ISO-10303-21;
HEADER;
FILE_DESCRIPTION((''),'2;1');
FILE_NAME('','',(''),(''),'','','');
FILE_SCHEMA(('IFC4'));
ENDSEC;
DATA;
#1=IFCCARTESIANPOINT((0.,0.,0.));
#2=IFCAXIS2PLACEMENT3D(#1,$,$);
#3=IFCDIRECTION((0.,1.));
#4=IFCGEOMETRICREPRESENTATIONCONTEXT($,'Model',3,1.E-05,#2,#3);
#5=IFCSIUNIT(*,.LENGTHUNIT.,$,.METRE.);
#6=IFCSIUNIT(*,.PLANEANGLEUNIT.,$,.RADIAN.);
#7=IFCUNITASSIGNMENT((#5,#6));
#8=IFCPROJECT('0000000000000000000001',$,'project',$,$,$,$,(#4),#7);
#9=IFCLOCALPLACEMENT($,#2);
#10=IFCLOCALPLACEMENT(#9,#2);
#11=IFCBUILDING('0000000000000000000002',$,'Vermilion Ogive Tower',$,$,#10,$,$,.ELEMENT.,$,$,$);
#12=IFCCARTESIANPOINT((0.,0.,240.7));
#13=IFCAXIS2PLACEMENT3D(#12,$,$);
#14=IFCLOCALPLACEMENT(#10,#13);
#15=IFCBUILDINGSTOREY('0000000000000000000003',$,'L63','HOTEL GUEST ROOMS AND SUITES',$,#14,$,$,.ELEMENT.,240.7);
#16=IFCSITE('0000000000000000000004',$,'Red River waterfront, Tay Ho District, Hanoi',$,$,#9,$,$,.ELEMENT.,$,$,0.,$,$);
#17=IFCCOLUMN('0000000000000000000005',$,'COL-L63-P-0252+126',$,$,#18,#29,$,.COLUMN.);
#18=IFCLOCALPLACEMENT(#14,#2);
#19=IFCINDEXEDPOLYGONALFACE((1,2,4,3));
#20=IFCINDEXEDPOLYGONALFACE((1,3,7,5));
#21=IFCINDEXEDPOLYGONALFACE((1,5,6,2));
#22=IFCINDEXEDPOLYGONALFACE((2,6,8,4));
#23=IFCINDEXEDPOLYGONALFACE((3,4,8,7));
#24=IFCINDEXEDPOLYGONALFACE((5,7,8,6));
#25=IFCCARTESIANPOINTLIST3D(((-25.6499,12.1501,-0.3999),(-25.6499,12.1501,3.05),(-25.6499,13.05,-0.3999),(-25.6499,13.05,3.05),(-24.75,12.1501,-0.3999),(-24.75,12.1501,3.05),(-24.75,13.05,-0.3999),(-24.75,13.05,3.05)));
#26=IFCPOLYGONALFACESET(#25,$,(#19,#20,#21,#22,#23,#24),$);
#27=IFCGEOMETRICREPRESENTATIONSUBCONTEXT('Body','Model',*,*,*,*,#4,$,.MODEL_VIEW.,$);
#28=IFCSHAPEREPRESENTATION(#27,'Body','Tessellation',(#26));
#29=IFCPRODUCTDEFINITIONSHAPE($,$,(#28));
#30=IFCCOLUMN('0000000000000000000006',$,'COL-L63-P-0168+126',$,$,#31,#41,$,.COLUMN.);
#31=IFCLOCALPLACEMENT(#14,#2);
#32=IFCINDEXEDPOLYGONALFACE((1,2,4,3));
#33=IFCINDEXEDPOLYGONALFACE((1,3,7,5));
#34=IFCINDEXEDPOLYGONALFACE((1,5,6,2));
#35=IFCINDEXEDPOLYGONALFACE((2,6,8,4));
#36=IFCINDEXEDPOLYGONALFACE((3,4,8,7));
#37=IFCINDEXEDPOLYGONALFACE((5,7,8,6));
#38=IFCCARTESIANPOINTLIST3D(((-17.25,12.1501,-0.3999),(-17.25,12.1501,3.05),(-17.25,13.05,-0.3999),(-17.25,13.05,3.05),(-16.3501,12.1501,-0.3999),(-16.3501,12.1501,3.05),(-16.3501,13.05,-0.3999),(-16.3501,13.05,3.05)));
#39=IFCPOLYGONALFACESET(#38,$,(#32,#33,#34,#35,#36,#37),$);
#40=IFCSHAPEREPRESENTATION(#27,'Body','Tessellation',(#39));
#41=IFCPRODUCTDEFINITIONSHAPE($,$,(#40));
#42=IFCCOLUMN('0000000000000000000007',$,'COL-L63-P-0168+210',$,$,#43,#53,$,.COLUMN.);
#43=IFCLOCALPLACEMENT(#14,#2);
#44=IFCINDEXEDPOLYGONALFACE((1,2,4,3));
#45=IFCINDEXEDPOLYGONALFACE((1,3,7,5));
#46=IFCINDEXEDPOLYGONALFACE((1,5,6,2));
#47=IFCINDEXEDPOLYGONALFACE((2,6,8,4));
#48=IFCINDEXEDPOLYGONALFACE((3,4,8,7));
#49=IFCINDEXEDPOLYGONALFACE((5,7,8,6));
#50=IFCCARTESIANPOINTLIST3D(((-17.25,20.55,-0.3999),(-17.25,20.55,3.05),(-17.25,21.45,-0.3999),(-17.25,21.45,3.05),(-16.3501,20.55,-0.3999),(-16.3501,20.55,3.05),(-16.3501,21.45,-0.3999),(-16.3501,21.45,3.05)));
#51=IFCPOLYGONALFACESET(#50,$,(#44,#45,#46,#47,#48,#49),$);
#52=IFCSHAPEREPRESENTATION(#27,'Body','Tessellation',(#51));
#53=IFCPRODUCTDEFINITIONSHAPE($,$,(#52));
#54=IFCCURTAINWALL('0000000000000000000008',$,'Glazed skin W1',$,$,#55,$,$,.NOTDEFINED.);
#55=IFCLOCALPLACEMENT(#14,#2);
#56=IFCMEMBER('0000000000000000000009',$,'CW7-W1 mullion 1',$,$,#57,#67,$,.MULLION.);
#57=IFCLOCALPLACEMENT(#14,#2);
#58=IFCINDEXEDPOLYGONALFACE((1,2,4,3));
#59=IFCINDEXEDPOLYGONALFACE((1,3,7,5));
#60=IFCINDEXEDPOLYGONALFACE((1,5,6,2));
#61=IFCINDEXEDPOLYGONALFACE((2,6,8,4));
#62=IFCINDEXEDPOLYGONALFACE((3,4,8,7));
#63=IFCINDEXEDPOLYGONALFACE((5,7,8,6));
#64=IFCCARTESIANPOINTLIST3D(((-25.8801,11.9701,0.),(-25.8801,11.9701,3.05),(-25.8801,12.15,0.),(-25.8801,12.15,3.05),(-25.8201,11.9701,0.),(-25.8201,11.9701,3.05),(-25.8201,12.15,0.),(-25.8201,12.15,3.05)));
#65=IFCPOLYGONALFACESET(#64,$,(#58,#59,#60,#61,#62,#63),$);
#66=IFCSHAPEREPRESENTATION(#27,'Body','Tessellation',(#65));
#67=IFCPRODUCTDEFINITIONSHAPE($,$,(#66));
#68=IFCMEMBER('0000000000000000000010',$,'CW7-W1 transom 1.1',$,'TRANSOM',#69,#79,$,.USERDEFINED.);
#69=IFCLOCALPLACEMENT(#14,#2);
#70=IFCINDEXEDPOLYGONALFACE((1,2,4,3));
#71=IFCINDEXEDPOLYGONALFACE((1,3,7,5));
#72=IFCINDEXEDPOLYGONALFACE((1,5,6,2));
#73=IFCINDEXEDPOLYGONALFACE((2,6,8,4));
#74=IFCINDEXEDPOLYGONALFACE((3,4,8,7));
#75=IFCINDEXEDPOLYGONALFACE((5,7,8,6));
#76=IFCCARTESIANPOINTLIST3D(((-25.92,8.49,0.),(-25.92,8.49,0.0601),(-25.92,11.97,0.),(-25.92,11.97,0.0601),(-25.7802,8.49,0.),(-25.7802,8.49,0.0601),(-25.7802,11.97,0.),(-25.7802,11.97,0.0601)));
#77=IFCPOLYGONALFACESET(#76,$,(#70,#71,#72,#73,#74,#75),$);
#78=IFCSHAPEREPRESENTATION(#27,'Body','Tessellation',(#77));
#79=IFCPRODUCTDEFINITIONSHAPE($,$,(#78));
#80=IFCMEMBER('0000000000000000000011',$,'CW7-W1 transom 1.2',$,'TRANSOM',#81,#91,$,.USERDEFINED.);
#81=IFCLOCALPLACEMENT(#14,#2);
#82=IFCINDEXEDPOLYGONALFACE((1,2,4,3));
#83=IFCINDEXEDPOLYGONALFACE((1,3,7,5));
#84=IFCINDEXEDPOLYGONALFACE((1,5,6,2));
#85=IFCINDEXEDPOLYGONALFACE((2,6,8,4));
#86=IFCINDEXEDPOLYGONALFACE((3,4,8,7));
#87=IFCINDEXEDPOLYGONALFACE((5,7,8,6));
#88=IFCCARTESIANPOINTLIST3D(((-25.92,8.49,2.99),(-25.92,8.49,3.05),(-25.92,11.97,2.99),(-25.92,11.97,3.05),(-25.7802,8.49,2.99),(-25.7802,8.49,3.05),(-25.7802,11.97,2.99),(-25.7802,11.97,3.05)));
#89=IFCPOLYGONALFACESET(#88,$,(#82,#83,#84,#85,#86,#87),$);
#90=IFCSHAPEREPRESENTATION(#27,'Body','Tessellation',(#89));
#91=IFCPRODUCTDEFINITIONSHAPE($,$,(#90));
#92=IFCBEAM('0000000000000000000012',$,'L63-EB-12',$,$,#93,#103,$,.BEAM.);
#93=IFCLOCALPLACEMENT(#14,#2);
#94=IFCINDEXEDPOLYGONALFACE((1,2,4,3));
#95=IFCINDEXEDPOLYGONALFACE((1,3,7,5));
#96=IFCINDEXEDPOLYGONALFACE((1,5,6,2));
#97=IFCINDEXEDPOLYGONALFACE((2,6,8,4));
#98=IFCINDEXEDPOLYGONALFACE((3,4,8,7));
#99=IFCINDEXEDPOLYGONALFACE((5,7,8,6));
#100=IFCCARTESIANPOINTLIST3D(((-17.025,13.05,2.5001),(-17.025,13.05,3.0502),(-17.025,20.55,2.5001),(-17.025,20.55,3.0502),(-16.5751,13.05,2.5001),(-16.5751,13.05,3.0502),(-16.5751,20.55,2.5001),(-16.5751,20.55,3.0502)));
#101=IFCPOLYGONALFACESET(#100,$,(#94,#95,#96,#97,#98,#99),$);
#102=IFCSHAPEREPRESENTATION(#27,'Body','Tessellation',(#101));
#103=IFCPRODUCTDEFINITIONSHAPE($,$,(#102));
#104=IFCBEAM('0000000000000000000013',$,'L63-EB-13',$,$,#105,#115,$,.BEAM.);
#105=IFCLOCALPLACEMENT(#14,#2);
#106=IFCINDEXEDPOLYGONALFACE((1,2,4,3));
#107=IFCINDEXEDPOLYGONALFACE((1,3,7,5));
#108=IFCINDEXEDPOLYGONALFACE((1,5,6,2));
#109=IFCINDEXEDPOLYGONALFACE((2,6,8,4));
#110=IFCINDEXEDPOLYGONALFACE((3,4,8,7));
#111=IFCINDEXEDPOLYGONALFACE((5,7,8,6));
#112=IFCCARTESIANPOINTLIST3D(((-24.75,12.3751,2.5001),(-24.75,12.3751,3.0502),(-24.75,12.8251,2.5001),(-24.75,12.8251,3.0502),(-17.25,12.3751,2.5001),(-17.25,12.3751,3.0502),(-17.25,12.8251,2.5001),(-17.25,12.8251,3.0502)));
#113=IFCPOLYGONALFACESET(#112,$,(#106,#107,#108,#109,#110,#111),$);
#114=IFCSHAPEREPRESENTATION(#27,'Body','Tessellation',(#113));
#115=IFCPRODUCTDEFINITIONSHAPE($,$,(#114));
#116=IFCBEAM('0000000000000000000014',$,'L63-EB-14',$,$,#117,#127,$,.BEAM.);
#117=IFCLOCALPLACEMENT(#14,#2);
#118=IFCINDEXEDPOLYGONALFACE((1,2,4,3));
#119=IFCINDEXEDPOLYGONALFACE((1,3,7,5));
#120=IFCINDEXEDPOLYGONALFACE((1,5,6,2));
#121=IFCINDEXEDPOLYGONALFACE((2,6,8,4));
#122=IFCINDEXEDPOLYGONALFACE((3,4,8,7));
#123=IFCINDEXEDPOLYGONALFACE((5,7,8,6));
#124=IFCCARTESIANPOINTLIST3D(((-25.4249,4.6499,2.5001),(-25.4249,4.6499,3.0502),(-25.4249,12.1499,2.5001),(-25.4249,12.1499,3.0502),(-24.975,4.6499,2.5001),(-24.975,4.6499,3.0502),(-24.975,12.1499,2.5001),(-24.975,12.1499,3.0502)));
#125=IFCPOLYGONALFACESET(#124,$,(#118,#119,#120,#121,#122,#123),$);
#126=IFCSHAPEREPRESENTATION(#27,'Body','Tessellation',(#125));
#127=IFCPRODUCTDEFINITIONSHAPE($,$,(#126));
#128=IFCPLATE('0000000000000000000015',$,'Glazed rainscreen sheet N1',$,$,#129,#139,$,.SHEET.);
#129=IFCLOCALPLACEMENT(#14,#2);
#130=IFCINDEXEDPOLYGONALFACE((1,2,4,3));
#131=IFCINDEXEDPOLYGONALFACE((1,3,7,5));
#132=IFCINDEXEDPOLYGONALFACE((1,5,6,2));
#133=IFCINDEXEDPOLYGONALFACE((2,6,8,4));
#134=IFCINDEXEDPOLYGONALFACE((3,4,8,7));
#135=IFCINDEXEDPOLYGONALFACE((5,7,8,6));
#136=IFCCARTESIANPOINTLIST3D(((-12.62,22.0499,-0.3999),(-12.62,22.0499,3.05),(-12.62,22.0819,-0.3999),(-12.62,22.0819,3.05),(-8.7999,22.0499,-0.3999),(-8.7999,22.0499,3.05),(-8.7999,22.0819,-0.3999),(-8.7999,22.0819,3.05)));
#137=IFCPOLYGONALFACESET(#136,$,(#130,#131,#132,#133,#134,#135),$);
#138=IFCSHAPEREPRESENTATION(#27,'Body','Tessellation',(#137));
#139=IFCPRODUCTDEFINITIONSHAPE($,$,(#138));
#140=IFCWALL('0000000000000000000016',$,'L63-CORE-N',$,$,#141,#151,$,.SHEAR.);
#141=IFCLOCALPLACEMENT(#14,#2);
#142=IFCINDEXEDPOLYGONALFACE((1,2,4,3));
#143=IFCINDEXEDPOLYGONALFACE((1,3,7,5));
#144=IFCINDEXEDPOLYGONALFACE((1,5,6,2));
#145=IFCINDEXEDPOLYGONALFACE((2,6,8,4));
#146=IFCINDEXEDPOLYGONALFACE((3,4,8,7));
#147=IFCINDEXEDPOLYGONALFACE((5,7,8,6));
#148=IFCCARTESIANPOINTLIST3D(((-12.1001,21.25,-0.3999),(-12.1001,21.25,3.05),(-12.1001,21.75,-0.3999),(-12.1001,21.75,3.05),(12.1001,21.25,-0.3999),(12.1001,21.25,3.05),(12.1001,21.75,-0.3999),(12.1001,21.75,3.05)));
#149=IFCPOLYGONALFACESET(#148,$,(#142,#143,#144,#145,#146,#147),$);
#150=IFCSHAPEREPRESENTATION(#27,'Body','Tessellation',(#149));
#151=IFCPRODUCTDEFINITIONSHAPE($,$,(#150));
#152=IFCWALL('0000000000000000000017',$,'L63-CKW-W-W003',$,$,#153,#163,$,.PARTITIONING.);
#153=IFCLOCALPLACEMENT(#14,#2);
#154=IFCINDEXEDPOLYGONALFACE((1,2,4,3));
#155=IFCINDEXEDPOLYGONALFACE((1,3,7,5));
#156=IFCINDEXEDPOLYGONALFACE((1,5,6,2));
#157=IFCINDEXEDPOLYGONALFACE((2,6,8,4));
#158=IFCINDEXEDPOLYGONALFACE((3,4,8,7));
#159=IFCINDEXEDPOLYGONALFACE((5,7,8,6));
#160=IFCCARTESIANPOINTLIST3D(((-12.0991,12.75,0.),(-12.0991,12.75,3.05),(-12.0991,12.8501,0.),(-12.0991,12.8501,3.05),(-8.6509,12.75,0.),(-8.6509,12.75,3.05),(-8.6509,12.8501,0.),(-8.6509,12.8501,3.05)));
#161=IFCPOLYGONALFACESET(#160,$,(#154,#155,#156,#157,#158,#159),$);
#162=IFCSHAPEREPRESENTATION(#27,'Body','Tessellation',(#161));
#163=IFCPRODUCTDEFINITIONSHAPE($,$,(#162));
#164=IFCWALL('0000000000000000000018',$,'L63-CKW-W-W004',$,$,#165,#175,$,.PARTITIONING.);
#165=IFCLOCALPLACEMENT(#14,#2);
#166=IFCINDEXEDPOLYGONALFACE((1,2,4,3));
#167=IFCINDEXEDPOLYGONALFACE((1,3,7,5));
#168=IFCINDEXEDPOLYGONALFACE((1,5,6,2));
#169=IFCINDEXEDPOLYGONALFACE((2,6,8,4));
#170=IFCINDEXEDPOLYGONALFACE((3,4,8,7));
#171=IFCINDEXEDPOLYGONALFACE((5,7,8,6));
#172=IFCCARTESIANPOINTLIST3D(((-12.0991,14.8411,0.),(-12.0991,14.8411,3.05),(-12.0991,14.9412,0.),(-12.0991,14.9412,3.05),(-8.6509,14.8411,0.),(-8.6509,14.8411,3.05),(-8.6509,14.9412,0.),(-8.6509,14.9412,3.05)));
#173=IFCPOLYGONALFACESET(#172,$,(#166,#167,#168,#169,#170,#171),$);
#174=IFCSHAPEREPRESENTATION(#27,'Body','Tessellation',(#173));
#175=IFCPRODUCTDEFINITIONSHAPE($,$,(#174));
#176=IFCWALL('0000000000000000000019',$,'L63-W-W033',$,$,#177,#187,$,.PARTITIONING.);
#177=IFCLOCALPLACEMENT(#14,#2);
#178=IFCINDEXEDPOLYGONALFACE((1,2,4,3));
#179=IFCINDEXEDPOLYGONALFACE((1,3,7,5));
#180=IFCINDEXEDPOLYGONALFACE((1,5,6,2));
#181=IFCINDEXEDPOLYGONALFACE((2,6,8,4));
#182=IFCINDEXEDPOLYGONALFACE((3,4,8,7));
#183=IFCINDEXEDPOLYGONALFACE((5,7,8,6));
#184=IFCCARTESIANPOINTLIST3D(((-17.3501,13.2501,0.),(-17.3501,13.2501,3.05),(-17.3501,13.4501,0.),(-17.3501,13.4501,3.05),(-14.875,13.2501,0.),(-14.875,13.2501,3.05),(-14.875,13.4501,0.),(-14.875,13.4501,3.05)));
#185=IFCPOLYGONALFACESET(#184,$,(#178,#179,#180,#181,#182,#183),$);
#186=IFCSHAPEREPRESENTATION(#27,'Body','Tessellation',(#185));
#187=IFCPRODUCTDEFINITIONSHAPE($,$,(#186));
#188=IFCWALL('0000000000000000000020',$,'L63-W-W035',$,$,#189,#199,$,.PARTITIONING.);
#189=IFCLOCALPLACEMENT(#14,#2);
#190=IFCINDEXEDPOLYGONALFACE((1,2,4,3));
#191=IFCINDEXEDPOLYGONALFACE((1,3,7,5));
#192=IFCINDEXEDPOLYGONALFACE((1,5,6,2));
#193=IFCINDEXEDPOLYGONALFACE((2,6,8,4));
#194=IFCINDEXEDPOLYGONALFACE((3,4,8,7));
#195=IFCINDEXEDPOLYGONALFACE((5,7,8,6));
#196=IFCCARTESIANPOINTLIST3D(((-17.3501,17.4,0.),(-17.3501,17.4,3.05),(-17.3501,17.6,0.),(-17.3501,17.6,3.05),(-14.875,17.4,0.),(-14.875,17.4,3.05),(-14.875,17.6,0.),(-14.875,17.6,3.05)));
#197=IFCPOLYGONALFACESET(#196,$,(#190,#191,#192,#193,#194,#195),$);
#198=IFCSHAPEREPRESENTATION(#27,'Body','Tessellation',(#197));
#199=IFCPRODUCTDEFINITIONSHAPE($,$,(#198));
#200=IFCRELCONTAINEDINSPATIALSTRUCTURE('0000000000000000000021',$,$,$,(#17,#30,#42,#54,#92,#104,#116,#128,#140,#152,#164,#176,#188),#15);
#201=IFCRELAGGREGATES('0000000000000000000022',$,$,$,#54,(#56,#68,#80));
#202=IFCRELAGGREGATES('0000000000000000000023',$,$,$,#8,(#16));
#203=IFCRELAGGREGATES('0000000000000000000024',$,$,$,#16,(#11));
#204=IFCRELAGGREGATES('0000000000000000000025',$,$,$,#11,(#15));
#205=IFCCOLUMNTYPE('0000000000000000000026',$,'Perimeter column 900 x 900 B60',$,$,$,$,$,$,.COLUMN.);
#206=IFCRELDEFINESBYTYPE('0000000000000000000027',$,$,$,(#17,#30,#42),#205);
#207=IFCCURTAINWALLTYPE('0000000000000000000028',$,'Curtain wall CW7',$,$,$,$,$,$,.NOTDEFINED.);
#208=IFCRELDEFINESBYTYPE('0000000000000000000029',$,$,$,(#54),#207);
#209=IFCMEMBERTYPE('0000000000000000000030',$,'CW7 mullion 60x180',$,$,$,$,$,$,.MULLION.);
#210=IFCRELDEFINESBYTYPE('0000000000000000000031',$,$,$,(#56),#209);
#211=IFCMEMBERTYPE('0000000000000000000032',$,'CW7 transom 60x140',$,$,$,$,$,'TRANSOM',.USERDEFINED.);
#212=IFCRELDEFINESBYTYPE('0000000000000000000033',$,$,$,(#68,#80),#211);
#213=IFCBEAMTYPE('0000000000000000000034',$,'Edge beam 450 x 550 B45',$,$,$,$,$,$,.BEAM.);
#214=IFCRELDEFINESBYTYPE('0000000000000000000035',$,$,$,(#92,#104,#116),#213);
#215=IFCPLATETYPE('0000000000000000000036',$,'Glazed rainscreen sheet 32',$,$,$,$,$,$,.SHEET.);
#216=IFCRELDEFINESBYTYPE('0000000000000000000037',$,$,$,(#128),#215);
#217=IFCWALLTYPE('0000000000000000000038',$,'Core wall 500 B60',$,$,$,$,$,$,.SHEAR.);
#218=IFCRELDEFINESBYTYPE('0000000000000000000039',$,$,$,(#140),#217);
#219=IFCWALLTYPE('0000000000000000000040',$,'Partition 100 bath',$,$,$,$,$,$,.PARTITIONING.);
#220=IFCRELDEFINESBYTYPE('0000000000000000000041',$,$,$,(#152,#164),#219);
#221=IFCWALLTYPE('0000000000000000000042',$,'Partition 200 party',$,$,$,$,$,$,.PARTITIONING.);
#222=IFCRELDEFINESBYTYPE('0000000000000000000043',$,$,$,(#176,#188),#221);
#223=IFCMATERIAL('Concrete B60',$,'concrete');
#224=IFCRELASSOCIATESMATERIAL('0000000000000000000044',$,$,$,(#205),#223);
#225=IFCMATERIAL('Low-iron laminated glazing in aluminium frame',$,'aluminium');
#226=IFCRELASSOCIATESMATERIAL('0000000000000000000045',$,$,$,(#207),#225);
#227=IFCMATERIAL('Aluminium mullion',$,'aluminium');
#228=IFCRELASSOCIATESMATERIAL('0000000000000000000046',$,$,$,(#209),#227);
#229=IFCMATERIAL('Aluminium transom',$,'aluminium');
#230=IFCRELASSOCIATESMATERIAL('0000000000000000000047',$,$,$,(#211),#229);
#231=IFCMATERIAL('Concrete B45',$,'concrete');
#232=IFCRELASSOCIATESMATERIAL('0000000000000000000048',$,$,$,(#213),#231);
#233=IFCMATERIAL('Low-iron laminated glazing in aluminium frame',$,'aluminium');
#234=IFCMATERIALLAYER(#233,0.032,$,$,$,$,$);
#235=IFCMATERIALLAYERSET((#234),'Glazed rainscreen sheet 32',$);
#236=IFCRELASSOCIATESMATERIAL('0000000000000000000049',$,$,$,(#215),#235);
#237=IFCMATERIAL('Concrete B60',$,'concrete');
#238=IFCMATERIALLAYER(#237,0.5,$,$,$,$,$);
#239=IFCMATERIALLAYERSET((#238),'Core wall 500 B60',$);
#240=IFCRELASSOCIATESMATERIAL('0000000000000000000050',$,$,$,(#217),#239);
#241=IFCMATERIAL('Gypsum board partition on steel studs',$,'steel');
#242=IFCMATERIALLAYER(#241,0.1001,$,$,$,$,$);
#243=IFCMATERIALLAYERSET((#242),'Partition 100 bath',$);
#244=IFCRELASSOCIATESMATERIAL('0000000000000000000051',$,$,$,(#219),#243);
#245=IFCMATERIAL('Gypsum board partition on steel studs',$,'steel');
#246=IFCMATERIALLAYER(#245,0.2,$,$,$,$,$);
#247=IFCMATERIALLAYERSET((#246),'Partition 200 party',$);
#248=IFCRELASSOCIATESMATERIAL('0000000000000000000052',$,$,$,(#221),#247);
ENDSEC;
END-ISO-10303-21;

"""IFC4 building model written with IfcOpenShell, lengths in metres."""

from ifc_helpers import new_model, si_unit, direction, frame, frame_2d, origin, origin_2d, place, context, subcontext, project, spatial, rectangle, extrude, material, layer, layer_set, material_profile, profile_set, type_object, element, aggregate, save


model = new_model("IFC4")

# Units and contexts
model_context = context("Model", 3, precision=1e-05, world=origin(), true_north=direction((0.0, 1.0)))
body_context = subcontext(model_context, "Body", "Model", "MODEL_VIEW")
ifc_project = project(units=[si_unit("LENGTHUNIT", "METRE"), si_unit("PLANEANGLEUNIT", "RADIAN")], contexts=[model_context])

# Site, building, storey
site_placement = place(None, origin())
site = spatial("IfcSite", under=ifc_project, at=site_placement, Name="Red River waterfront, Tay Ho District, Hanoi", CompositionType="ELEMENT", RefElevation=0.0)
building_placement = place(site_placement, origin())
building = spatial("IfcBuilding", under=site, at=building_placement, Name="Vermilion Ogive Tower", CompositionType="ELEMENT")
storey_placement = place(building_placement, frame((0.0, 0.0, 240.7)))
storey = spatial("IfcBuildingStorey", under=building, at=storey_placement, Name="L63", Description="HOTEL GUEST ROOMS AND SUITES", CompositionType="ELEMENT", Elevation=240.7)

# Columns
ifc_material_1 = material(Name="Concrete B60", Category="concrete")
ifc_material_profile_1 = material_profile(ifc_material_1, rectangle(XDim=0.8999, YDim=0.8999, at=origin_2d()), Name="900 x 900")
ifc_profile_set_1 = profile_set([ifc_material_profile_1], Name="Concrete B60")
column_type = type_object("IfcColumnType", Name="Perimeter column 900 x 900 B60", PredefinedType="COLUMN", material=ifc_profile_set_1)
for number, where, z_axis, x_axis, name in (
    (1, (-25.2, 12.6001, -0.3999), (0.0, 0.0, 1.0), (1.0, 0.0, 0.0), "COL-L63-P-0252+126"),
    (2, (-16.8, 12.6001, -0.3999), (0.0, 0.0, 1.0), (1.0, 0.0, 0.0), "COL-L63-P-0168+126"),
    (3, (-16.8, 21.0, -0.3999), (0.0, 0.0, 1.0), (1.0, 0.0, 0.0), "COL-L63-P-0168+210"),
):
    element("IfcColumn", number, at=place(storey_placement, frame(where, z_axis=z_axis, x_axis=x_axis)), inside=storey, type_object=column_type, Name=name, PredefinedType="COLUMN", context=body_context, shape_type="SweptSolid", body=[
        extrude(rectangle(XDim=0.8999, YDim=0.8999, at=origin_2d()), origin(), (0.0, 0.0, 1.0), 3.45),
    ])

# Curtain wall, members
ifc_material_2 = material(Name="Low-iron laminated glazing in aluminium frame", Category="aluminium")
curtain_wall_type = type_object("IfcCurtainWallType", Name="Curtain wall CW7", PredefinedType="NOTDEFINED", material=ifc_material_2)
curtain_wall_placement = place(storey_placement, origin())
curtain_wall = element("IfcCurtainWall", 4, at=curtain_wall_placement, inside=storey, type_object=curtain_wall_type, Name="Glazed skin W1", PredefinedType="NOTDEFINED")
ifc_material_3 = material(Name="Aluminium mullion", Category="aluminium")
ifc_material_profile_2 = material_profile(ifc_material_3, rectangle(XDim=0.0601, YDim=0.1799, at=origin_2d()), Name="AL 60x180")
ifc_profile_set_2 = profile_set([ifc_material_profile_2], Name="Aluminium mullion")
member_type_1 = type_object("IfcMemberType", Name="CW7 mullion 60x180", PredefinedType="MULLION", material=ifc_profile_set_2)
member_1_placement = place(storey_placement, frame((-25.8501, 12.0601, 0.0), z_axis=(0.0, 0.0, 1.0), x_axis=(1.0, 0.0, 0.0)))
member_1 = element("IfcMember", 5, at=member_1_placement, type_object=member_type_1, Name="CW7-W1 mullion 1", PredefinedType="MULLION", context=body_context, shape_type="SweptSolid", body=[
    extrude(rectangle(XDim=0.0601, YDim=0.1799, at=origin_2d()), origin(), (0.0, 0.0, 1.0), 3.05),
])
ifc_material_4 = material(Name="Aluminium transom", Category="aluminium")
ifc_material_profile_3 = material_profile(ifc_material_4, rectangle(XDim=0.1399, YDim=0.0601, at=origin_2d()), Name="AL 60x140")
ifc_profile_set_3 = profile_set([ifc_material_profile_3], Name="Aluminium transom")
member_type_2 = type_object("IfcMemberType", Name="CW7 transom 60x140", ElementType="TRANSOM", PredefinedType="USERDEFINED", material=ifc_profile_set_3)
member_2_placement = place(storey_placement, frame((-25.8501, 11.97, 0.03), z_axis=(0.0, -1.0, 0.0), x_axis=(1.0, 0.0, 0.0)))
member_2 = element("IfcMember", 6, at=member_2_placement, type_object=member_type_2, Name="CW7-W1 transom 1.1", ObjectType="TRANSOM", PredefinedType="USERDEFINED", context=body_context, shape_type="SweptSolid", body=[
    extrude(rectangle(XDim=0.1399, YDim=0.0601, at=origin_2d()), origin(), (0.0, 0.0, 1.0), 3.48),
])
member_3_placement = place(storey_placement, frame((-25.8501, 11.97, 3.02), z_axis=(0.0, -1.0, 0.0), x_axis=(1.0, 0.0, 0.0)))
member_3 = element("IfcMember", 7, at=member_3_placement, type_object=member_type_2, Name="CW7-W1 transom 1.2", ObjectType="TRANSOM", PredefinedType="USERDEFINED", context=body_context, shape_type="SweptSolid", body=[
    extrude(rectangle(XDim=0.1399, YDim=0.0601, at=origin_2d()), origin(), (0.0, 0.0, 1.0), 3.48),
])
aggregate(curtain_wall, [member_1, member_2, member_3])

# Beams
ifc_material_5 = material(Name="Concrete B45", Category="concrete")
ifc_material_profile_4 = material_profile(ifc_material_5, rectangle(XDim=0.45, YDim=0.55, at=origin_2d()), Name="450 x 550")
ifc_profile_set_4 = profile_set([ifc_material_profile_4], Name="Concrete B45")
beam_type = type_object("IfcBeamType", Name="Edge beam 450 x 550 B45", PredefinedType="BEAM", material=ifc_profile_set_4)
for number, where, z_axis, x_axis, name in (
    (8, (-16.8, 20.55, 2.7751), (0.0, -1.0, 0.0), (1.0, 0.0, 0.0), "L63-EB-12"),
    (9, (-17.25, 12.6001, 2.7751), (-1.0, 0.0, 0.0), (0.0, -1.0, 0.0), "L63-EB-13"),
    (10, (-25.2, 12.1499, 2.7751), (0.0, -1.0, 0.0), (1.0, 0.0, 0.0), "L63-EB-14"),
):
    element("IfcBeam", number, at=place(storey_placement, frame(where, z_axis=z_axis, x_axis=x_axis)), inside=storey, type_object=beam_type, Name=name, PredefinedType="BEAM", context=body_context, shape_type="SweptSolid", body=[
        extrude(rectangle(XDim=0.45, YDim=0.55, at=origin_2d()), origin(), (0.0, 0.0, 1.0), 7.5),
    ])

# Plate
ifc_material_6 = material(Name="Low-iron laminated glazing in aluminium frame", Category="aluminium")
ifc_layer_1 = layer(ifc_material_6, 0.032)
ifc_layer_set_1 = layer_set([ifc_layer_1], Name="Glazed rainscreen sheet 32")
plate_type = type_object("IfcPlateType", Name="Glazed rainscreen sheet 32", PredefinedType="SHEET", material=ifc_layer_set_1)
plate_placement = place(storey_placement, frame((-10.71, 22.0659, -0.3999), z_axis=(0.0, 0.0, 1.0), x_axis=(1.0, 0.0, 0.0)))
element("IfcPlate", 11, at=plate_placement, inside=storey, type_object=plate_type, Name="Glazed rainscreen sheet N1", PredefinedType="SHEET", context=body_context, shape_type="SweptSolid", body=[
    extrude(rectangle(XDim=3.8201, YDim=0.032, at=origin_2d()), origin(), (0.0, 0.0, 1.0), 3.45),
])

# Walls
ifc_material_7 = material(Name="Concrete B60", Category="concrete")
ifc_layer_2 = layer(ifc_material_7, 0.5)
ifc_layer_set_2 = layer_set([ifc_layer_2], Name="Core wall 500 B60")
wall_type_1 = type_object("IfcWallType", Name="Core wall 500 B60", PredefinedType="SHEAR", material=ifc_layer_set_2)
wall_1_placement = place(storey_placement, frame((-12.1001, 21.5, -0.3999), z_axis=(0.0, 0.0, 1.0), x_axis=(1.0, 0.0, 0.0)))
element("IfcWall", 12, at=wall_1_placement, inside=storey, type_object=wall_type_1, Name="L63-CORE-N", PredefinedType="SHEAR", context=body_context, shape_type="SweptSolid", body=[
    extrude(rectangle(XDim=24.2002, YDim=0.5, at=frame_2d((12.1001, 0.0))), origin(), (0.0, 0.0, 1.0), 3.45),
])
ifc_material_8 = material(Name="Gypsum board partition on steel studs", Category="steel")
ifc_layer_3 = layer(ifc_material_8, 0.1001)
ifc_layer_set_3 = layer_set([ifc_layer_3], Name="Partition 100 bath")
wall_type_2 = type_object("IfcWallType", Name="Partition 100 bath", PredefinedType="PARTITIONING", material=ifc_layer_set_3)
for number, where, z_axis, x_axis, name in (
    (13, (-12.0991, 12.8, 0.0), (0.0, 0.0, 1.0), (1.0, 0.0, 0.0), "L63-CKW-W-W003"),
    (14, (-12.0991, 14.8911, 0.0), (0.0, 0.0, 1.0), (1.0, 0.0, 0.0), "L63-CKW-W-W004"),
):
    element("IfcWall", number, at=place(storey_placement, frame(where, z_axis=z_axis, x_axis=x_axis)), inside=storey, type_object=wall_type_2, Name=name, PredefinedType="PARTITIONING", context=body_context, shape_type="SweptSolid", body=[
        extrude(rectangle(XDim=3.4482, YDim=0.1001, at=frame_2d((1.7241, 0.0))), origin(), (0.0, 0.0, 1.0), 3.05),
    ])
ifc_material_9 = material(Name="Gypsum board partition on steel studs", Category="steel")
ifc_layer_4 = layer(ifc_material_9, 0.2)
ifc_layer_set_4 = layer_set([ifc_layer_4], Name="Partition 200 party")
wall_type_3 = type_object("IfcWallType", Name="Partition 200 party", PredefinedType="PARTITIONING", material=ifc_layer_set_4)
for number, where, z_axis, x_axis, name in (
    (15, (-17.3501, 13.3501, 0.0), (0.0, 0.0, 1.0), (1.0, 0.0, 0.0), "L63-W-W033"),
    (16, (-17.3501, 17.5, 0.0), (0.0, 0.0, 1.0), (1.0, 0.0, 0.0), "L63-W-W035"),
):
    element("IfcWall", number, at=place(storey_placement, frame(where, z_axis=z_axis, x_axis=x_axis)), inside=storey, type_object=wall_type_3, Name=name, PredefinedType="PARTITIONING", context=body_context, shape_type="SweptSolid", body=[
        extrude(rectangle(XDim=2.4751, YDim=0.2, at=frame_2d((1.2375, 0.0))), origin(), (0.0, 0.0, 1.0), 3.05),
    ])

save(model, "model.ifc")
